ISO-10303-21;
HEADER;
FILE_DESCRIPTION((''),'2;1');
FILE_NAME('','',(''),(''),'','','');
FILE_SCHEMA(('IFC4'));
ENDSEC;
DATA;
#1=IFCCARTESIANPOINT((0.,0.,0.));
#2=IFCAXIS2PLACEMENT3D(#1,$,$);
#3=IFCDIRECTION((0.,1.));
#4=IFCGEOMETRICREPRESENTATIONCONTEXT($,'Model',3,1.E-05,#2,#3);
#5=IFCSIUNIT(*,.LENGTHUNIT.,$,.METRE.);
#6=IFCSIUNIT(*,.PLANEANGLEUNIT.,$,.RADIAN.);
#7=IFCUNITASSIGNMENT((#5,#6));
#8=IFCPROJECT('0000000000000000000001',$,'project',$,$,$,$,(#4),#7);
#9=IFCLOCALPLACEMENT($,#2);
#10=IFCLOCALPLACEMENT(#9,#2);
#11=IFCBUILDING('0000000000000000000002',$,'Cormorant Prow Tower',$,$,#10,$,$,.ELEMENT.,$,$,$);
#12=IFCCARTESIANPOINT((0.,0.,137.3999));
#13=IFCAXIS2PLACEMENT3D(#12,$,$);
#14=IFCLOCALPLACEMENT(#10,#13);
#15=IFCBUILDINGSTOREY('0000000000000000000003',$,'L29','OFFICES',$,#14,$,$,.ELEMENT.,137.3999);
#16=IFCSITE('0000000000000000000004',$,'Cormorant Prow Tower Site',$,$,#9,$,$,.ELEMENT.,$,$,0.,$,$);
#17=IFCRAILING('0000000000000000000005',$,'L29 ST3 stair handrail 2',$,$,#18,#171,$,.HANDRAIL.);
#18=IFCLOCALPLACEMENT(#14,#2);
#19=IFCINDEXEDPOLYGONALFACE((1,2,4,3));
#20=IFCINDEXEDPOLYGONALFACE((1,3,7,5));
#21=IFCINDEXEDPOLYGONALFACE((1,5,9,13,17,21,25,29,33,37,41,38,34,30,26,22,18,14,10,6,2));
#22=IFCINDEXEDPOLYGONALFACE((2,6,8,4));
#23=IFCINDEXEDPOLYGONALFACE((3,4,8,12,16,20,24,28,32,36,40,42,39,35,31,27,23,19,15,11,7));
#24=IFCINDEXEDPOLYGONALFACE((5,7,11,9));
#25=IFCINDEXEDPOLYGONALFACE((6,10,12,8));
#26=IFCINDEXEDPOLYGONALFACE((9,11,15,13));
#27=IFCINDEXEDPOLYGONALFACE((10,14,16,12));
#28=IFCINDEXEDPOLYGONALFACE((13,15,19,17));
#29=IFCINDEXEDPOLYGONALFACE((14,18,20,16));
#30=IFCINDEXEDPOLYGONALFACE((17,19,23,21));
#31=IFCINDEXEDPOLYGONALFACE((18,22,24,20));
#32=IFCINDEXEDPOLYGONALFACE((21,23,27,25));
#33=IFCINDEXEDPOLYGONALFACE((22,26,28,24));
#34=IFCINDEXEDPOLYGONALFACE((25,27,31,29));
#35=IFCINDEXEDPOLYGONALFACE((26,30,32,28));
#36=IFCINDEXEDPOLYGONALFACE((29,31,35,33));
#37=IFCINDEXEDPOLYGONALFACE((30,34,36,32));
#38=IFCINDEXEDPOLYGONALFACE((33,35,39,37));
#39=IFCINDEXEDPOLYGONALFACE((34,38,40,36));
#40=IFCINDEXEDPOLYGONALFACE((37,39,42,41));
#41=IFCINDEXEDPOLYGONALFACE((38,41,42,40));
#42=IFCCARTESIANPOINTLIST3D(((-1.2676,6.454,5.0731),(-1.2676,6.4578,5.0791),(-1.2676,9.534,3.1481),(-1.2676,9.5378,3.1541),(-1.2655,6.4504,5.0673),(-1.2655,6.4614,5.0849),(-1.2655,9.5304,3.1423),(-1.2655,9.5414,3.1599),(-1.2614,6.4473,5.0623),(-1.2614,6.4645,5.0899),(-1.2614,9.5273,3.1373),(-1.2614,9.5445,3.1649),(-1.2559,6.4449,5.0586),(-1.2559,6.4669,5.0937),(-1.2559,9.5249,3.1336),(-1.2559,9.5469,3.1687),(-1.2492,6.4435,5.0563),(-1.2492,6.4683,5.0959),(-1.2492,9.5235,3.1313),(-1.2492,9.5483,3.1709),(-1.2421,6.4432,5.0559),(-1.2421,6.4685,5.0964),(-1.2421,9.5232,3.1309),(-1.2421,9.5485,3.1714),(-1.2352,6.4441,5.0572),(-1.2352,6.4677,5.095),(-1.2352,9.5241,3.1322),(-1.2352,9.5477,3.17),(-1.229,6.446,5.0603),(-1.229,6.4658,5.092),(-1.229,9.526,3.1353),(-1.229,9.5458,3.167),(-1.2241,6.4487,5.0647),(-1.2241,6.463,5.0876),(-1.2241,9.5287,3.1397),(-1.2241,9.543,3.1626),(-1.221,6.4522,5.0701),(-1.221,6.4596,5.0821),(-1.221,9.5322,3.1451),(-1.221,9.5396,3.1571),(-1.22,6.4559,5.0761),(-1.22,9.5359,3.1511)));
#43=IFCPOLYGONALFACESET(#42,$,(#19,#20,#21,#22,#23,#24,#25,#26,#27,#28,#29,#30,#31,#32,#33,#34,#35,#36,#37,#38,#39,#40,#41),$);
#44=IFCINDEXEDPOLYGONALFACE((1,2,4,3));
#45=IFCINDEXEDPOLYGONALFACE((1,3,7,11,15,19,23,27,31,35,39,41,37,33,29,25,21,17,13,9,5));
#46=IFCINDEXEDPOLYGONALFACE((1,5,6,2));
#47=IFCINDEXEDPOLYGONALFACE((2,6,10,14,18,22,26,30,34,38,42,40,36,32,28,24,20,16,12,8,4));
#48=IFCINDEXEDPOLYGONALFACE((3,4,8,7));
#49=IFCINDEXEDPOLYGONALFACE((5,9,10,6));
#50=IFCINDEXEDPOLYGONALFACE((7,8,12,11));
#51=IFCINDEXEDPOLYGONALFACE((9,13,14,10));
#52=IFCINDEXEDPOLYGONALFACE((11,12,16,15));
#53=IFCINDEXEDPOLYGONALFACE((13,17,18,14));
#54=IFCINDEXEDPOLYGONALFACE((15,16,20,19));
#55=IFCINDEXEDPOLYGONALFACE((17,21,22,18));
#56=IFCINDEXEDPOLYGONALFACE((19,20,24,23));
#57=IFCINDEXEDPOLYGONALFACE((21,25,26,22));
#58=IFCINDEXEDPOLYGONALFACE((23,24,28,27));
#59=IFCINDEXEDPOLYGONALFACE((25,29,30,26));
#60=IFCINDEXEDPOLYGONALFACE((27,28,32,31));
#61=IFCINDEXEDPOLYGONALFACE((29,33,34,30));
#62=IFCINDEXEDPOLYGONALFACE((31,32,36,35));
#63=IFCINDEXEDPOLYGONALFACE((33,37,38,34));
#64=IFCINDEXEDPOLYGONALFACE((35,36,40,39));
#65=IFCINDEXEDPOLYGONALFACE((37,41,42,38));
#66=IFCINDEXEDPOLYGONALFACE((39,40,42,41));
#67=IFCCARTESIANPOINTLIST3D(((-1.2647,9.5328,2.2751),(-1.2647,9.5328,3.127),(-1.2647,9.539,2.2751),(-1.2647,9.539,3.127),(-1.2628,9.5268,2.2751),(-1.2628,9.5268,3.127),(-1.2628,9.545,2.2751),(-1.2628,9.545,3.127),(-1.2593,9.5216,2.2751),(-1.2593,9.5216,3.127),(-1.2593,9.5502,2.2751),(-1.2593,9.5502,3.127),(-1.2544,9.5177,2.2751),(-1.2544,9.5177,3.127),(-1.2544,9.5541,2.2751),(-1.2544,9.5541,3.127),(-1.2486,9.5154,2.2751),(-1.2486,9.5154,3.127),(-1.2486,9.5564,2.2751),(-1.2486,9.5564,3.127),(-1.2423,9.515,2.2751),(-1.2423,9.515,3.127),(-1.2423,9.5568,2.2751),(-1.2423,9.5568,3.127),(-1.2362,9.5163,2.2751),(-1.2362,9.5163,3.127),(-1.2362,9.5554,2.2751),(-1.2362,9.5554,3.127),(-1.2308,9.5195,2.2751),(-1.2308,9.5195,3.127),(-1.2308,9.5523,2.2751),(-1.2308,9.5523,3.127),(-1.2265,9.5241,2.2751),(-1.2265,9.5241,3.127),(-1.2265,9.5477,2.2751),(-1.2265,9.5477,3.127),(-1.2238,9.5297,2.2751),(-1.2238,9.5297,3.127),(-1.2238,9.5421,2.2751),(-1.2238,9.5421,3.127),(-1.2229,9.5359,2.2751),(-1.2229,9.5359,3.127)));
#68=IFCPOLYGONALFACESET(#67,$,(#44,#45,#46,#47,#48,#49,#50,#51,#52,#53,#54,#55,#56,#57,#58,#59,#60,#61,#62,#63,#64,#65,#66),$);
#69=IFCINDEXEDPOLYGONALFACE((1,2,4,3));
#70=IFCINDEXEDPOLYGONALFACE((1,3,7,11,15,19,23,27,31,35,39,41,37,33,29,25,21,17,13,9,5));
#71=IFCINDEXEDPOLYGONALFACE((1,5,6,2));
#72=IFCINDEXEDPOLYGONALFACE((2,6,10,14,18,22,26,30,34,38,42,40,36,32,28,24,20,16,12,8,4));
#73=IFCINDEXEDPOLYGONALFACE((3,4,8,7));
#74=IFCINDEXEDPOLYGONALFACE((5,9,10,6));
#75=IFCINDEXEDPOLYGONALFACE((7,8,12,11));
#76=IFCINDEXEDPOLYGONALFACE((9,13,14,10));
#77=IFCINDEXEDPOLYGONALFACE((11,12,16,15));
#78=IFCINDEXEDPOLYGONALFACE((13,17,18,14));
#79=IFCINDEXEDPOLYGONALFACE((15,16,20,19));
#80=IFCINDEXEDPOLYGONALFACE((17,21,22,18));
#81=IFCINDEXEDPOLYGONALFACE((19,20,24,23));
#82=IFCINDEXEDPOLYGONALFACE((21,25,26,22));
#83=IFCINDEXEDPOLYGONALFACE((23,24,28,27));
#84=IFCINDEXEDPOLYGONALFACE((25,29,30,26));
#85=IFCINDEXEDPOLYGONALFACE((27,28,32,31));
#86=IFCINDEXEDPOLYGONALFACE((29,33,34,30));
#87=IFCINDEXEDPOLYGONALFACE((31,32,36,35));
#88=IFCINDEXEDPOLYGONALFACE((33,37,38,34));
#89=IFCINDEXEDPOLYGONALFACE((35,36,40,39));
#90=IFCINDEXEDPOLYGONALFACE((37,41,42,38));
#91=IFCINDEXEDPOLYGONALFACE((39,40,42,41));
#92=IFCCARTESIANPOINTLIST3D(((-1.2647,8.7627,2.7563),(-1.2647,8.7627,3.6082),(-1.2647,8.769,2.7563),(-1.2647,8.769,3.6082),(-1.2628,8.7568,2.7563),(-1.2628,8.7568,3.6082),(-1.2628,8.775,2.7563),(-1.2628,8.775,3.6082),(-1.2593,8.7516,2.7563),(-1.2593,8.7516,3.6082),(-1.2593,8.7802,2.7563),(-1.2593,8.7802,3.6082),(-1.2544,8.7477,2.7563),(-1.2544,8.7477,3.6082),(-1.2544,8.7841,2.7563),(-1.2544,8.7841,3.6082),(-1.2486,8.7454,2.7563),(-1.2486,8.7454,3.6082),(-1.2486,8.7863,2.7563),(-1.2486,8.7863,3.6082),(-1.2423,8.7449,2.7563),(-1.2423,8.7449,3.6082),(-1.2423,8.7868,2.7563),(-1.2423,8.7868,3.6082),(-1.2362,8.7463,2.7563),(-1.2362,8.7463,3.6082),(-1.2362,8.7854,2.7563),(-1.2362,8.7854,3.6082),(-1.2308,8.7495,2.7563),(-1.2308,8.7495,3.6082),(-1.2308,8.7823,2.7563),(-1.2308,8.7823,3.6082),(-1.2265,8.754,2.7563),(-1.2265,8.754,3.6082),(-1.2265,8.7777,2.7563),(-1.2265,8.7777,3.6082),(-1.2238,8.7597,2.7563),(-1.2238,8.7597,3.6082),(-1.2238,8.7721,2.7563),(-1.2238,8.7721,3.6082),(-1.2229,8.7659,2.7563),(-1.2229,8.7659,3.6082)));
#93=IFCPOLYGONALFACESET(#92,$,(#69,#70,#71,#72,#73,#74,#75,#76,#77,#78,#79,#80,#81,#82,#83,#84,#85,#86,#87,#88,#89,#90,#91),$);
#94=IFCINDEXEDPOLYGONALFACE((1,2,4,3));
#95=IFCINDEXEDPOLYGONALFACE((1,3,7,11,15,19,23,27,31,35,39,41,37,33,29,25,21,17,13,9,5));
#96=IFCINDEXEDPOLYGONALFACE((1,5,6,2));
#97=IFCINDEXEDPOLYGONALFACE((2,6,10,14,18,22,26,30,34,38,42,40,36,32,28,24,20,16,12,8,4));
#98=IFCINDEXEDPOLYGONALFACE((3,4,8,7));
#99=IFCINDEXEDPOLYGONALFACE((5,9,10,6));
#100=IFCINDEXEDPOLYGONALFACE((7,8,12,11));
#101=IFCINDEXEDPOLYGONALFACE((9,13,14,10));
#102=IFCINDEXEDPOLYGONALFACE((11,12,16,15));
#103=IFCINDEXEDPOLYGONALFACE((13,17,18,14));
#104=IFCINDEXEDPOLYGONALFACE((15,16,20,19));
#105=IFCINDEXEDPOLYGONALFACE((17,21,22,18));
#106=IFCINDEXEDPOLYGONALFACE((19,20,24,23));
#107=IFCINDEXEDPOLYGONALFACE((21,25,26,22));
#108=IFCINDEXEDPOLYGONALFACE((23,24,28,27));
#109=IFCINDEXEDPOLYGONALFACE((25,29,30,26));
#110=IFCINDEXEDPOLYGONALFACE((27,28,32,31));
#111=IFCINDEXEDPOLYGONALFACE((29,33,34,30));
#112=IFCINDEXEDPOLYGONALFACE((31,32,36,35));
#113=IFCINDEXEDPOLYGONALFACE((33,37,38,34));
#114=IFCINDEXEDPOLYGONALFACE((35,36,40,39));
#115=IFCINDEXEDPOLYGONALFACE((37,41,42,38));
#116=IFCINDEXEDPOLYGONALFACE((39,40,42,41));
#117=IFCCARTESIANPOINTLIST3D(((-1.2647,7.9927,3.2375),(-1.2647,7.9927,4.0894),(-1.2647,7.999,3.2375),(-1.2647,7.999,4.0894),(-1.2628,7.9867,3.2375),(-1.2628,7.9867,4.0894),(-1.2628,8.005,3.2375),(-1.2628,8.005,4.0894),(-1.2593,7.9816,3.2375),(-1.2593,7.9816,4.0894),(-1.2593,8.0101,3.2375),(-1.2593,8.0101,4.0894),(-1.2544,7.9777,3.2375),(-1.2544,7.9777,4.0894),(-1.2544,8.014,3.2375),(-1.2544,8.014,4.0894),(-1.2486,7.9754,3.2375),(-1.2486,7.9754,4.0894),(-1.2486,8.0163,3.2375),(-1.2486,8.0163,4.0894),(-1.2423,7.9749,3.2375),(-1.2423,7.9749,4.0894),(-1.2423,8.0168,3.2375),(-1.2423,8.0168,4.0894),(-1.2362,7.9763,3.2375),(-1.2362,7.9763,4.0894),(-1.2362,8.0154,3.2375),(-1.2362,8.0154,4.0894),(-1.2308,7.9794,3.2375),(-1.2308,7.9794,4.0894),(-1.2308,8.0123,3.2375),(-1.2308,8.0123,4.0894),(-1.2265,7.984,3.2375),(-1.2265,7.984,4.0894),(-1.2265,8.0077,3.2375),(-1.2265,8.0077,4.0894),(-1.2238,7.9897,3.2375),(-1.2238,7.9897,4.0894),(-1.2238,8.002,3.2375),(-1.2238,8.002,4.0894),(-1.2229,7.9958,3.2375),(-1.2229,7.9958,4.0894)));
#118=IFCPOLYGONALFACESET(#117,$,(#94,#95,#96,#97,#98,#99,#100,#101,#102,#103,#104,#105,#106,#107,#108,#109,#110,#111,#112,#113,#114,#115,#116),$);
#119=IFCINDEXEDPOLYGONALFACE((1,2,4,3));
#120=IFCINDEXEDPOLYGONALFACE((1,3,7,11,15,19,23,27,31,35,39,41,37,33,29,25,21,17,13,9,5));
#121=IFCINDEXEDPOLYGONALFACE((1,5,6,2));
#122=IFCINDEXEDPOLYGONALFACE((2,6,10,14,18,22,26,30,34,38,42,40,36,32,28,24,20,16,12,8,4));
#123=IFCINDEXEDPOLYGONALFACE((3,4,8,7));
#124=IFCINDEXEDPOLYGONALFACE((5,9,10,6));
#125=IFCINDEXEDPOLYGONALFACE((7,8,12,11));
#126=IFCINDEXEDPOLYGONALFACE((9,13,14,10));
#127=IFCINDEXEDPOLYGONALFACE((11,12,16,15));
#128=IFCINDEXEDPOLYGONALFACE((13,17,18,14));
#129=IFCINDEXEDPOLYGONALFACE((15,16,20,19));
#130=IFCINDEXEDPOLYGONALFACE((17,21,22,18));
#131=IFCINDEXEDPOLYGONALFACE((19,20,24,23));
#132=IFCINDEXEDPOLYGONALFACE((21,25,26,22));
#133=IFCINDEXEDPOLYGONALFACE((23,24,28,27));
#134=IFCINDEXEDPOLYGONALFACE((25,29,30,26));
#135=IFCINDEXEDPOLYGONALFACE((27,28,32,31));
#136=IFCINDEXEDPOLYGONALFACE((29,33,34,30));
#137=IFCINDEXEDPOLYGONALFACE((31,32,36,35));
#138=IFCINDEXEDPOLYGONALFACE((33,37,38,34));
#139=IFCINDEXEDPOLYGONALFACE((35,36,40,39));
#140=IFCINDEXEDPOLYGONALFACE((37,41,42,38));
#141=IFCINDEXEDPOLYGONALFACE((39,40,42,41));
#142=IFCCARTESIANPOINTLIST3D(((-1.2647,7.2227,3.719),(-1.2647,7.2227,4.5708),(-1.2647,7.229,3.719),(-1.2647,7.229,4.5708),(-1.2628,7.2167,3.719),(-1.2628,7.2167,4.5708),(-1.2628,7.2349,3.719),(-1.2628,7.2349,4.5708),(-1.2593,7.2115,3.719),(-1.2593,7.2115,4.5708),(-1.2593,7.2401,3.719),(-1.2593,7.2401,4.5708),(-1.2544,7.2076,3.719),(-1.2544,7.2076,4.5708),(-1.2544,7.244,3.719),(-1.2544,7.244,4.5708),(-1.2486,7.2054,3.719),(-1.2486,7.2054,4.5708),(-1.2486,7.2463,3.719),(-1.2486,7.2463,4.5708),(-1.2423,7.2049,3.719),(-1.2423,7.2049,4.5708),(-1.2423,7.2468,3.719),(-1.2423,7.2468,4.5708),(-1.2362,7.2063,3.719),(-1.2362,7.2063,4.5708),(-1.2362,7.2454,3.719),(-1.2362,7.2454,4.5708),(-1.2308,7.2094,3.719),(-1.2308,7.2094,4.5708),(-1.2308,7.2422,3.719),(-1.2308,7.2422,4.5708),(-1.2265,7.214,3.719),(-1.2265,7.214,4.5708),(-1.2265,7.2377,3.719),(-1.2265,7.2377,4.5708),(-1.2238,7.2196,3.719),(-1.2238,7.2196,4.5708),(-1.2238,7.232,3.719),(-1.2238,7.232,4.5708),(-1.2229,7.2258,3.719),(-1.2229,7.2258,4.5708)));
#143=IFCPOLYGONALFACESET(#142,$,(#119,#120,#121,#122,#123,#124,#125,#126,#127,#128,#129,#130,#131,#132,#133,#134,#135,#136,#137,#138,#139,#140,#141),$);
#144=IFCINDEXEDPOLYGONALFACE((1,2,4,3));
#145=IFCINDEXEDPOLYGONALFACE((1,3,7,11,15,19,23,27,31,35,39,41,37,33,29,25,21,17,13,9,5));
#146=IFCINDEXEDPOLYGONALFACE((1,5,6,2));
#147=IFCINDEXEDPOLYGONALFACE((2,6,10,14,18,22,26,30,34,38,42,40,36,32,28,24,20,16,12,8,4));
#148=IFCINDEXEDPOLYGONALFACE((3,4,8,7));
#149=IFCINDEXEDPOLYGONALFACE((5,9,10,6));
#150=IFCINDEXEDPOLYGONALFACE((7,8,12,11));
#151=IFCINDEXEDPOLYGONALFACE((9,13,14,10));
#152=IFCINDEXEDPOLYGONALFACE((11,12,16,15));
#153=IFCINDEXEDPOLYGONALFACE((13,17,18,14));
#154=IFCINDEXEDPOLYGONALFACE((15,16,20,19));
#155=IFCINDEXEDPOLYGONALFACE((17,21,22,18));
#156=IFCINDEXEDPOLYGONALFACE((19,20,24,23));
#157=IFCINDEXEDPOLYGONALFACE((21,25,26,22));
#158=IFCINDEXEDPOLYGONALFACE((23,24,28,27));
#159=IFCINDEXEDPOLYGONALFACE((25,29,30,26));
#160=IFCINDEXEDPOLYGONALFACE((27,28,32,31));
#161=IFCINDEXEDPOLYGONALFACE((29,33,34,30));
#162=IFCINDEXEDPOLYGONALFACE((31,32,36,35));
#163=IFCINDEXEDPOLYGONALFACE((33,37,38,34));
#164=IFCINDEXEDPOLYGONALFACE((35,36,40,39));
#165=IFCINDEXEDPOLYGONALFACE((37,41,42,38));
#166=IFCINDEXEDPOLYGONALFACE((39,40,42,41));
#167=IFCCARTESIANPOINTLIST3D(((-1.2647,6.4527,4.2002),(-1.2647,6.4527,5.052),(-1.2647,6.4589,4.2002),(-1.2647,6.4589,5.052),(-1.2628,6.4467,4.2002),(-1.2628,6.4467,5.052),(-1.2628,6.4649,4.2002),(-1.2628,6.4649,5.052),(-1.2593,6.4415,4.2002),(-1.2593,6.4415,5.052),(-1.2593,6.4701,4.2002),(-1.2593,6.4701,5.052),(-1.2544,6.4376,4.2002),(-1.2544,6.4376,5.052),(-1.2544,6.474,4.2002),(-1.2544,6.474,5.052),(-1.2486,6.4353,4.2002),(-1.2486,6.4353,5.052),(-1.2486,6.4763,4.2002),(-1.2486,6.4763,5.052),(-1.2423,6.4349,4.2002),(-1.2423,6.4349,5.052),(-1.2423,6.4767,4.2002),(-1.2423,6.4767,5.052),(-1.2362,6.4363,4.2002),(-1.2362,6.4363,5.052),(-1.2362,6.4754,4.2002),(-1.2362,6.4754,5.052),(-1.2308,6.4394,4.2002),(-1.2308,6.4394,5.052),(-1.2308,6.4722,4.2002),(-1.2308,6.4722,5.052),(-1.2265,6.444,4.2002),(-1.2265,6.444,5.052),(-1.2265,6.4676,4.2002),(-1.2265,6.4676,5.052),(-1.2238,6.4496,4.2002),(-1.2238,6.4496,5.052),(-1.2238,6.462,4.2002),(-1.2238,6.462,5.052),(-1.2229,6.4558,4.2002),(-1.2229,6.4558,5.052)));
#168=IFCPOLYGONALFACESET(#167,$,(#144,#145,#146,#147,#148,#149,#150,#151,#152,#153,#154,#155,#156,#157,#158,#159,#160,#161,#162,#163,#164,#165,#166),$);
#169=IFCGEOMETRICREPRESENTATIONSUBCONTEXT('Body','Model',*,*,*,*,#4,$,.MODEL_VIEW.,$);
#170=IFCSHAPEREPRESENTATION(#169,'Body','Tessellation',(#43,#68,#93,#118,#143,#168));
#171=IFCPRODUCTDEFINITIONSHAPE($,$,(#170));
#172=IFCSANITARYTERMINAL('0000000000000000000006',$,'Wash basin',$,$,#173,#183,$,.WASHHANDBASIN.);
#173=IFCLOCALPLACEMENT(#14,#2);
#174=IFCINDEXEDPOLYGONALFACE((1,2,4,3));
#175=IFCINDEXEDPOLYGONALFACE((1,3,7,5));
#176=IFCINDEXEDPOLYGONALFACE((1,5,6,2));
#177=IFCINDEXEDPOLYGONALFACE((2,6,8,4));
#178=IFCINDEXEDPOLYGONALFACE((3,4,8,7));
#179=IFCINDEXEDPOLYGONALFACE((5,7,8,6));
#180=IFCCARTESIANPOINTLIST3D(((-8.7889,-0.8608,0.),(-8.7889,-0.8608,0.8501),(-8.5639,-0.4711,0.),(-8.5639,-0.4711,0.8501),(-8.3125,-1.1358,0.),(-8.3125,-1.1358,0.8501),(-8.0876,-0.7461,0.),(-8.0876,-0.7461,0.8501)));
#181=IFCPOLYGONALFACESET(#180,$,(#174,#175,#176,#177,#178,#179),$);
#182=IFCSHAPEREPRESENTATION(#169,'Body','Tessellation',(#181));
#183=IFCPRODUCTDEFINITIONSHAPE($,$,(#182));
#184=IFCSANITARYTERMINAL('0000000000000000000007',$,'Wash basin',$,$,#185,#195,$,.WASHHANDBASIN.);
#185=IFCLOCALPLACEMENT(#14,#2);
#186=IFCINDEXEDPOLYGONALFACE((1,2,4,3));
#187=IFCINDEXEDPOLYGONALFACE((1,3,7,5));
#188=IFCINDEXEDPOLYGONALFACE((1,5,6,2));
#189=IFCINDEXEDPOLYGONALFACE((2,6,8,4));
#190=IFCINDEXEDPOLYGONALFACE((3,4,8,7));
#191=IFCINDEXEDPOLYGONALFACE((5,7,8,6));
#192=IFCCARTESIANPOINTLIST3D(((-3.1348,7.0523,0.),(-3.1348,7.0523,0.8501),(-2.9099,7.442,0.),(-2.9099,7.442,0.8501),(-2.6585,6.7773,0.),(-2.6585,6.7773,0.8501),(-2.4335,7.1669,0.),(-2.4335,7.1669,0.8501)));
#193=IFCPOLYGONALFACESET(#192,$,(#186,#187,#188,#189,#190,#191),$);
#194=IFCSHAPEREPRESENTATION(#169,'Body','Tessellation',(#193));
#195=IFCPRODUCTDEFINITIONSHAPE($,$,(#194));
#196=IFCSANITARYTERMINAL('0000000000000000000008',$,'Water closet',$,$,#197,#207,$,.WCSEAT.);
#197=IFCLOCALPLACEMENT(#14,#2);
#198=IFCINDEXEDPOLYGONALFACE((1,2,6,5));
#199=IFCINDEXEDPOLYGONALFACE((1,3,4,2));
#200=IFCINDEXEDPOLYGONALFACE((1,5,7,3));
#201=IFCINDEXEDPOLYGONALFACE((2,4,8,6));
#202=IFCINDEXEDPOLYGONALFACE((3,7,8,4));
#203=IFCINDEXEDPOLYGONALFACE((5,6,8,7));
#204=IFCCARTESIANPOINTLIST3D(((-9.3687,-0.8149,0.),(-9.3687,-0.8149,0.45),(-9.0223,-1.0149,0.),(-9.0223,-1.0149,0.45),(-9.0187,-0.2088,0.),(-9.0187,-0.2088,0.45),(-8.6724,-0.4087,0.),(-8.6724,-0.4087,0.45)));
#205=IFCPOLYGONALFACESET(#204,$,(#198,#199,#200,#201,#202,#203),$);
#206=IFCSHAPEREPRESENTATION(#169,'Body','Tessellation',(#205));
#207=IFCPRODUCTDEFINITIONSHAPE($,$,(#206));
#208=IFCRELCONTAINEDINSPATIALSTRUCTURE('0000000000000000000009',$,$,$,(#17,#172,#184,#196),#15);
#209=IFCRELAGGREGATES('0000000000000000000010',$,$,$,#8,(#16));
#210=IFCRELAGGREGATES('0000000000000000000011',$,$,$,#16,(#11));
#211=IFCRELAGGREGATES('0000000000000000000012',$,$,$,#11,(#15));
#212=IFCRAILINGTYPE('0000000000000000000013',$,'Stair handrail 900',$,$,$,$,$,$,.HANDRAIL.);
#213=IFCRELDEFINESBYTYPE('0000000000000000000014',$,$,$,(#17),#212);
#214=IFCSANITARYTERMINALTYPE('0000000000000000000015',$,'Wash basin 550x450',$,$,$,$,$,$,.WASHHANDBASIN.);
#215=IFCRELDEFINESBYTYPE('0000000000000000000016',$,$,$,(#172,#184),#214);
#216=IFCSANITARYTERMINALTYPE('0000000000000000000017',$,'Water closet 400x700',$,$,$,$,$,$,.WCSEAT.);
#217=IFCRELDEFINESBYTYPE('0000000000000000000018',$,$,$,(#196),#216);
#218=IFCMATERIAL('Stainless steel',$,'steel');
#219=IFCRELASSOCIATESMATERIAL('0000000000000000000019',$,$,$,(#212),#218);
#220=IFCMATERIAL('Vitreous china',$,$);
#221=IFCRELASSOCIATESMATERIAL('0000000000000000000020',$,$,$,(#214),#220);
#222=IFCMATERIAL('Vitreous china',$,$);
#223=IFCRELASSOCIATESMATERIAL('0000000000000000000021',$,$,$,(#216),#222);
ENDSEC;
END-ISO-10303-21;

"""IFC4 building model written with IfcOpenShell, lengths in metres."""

from ifc_helpers import new_model, si_unit, direction, frame, origin, origin_2d, place, context, subcontext, project, spatial, rectangle, circle, extrude, material, type_object, element, save


model = new_model("IFC4")

# Units and contexts
model_context = context("Model", 3, precision=1e-05, world=origin(), true_north=direction((0.0, 1.0)))
body_context = subcontext(model_context, "Body", "Model", "MODEL_VIEW")
ifc_project = project(units=[si_unit("LENGTHUNIT", "METRE"), si_unit("PLANEANGLEUNIT", "RADIAN")], contexts=[model_context])

# Site, building, storey
site_placement = place(None, origin())
site = spatial("IfcSite", under=ifc_project, at=site_placement, Name="Cormorant Prow Tower Site", CompositionType="ELEMENT", RefElevation=0.0)
building_placement = place(site_placement, origin())
building = spatial("IfcBuilding", under=site, at=building_placement, Name="Cormorant Prow Tower", CompositionType="ELEMENT")
storey_placement = place(building_placement, frame((0.0, 0.0, 137.3999)))
storey = spatial("IfcBuildingStorey", under=building, at=storey_placement, Name="L29", Description="OFFICES", CompositionType="ELEMENT", Elevation=137.3999)

# Railing
ifc_material_1 = material(Name="Stainless steel", Category="steel")
railing_type = type_object("IfcRailingType", Name="Stair handrail 900", PredefinedType="HANDRAIL", material=ifc_material_1)
railing_placement = place(storey_placement, frame((-1.2439, 9.5359, 2.2751)))
element("IfcRailing", 1, at=railing_placement, inside=storey, type_object=railing_type, Name="L29 ST3 stair handrail 2", PredefinedType="HANDRAIL", context=body_context, shape_type="SweptSolid", body=[
    extrude(circle(Radius=0.0239, at=origin_2d()), frame((0.0, 0.0, 0.876), z_axis=(0.0, -0.847998, 0.529999), x_axis=(1.0, 0.0, 0.0)), (0.0, 0.0, 1.0), 3.6321),
    extrude(circle(Radius=0.021, at=origin_2d()), origin(), (0.0, 0.0, 1.0), 0.8518),
    extrude(circle(Radius=0.021, at=origin_2d()), frame((0.0, -0.77, 0.4812)), (0.0, 0.0, 1.0), 0.8518),
    extrude(circle(Radius=0.021, at=origin_2d()), frame((0.0, -1.54, 0.9624)), (0.0, 0.0, 1.0), 0.8518),
    extrude(circle(Radius=0.021, at=origin_2d()), frame((0.0, -2.3101, 1.4438)), (0.0, 0.0, 1.0), 0.8518),
    extrude(circle(Radius=0.021, at=origin_2d()), frame((0.0, -3.0801, 1.925)), (0.0, 0.0, 1.0), 0.8518),
])

# Sanitary terminals
ifc_material_2 = material(Name="Vitreous china")
sanitary_terminal_type_1 = type_object("IfcSanitaryTerminalType", Name="Wash basin 550x450", PredefinedType="WASHHANDBASIN", material=ifc_material_2)
for number, where, z_axis, x_axis, name in (
    (2, (-8.4382, -0.8035, 0.0), (0.0, 0.0, 1.0), (-0.866034, 0.499985, 0.0), "Wash basin"),
    (3, (-2.7842, 7.1096, 0.0), (0.0, 0.0, 1.0), (0.866034, -0.499985, 0.0), "Wash basin"),
):
    element("IfcSanitaryTerminal", number, at=place(storey_placement, frame(where, z_axis=z_axis, x_axis=x_axis)), inside=storey, type_object=sanitary_terminal_type_1, Name=name, PredefinedType="WASHHANDBASIN", context=body_context, shape_type="SweptSolid", body=[
        extrude(rectangle(XDim=0.55, YDim=0.45, at=origin_2d()), origin(), (0.0, 0.0, 1.0), 0.8501),
    ])
ifc_material_3 = material(Name="Vitreous china")
sanitary_terminal_type_2 = type_object("IfcSanitaryTerminalType", Name="Water closet 400x700", PredefinedType="WCSEAT", material=ifc_material_3)
for number, where, z_axis, x_axis, name in (
    (4, (-9.0205, -0.6118, 0.0), (0.0, 0.0, 1.0), (-0.866034, 0.499985, 0.0), "Water closet"),
):
    element("IfcSanitaryTerminal", number, at=place(storey_placement, frame(where, z_axis=z_axis, x_axis=x_axis)), inside=storey, type_object=sanitary_terminal_type_2, Name=name, PredefinedType="WCSEAT", context=body_context, shape_type="SweptSolid", body=[
        extrude(rectangle(XDim=0.3999, YDim=0.7, at=origin_2d()), origin(), (0.0, 0.0, 1.0), 0.45),
    ])

save(model, "model.ifc")
